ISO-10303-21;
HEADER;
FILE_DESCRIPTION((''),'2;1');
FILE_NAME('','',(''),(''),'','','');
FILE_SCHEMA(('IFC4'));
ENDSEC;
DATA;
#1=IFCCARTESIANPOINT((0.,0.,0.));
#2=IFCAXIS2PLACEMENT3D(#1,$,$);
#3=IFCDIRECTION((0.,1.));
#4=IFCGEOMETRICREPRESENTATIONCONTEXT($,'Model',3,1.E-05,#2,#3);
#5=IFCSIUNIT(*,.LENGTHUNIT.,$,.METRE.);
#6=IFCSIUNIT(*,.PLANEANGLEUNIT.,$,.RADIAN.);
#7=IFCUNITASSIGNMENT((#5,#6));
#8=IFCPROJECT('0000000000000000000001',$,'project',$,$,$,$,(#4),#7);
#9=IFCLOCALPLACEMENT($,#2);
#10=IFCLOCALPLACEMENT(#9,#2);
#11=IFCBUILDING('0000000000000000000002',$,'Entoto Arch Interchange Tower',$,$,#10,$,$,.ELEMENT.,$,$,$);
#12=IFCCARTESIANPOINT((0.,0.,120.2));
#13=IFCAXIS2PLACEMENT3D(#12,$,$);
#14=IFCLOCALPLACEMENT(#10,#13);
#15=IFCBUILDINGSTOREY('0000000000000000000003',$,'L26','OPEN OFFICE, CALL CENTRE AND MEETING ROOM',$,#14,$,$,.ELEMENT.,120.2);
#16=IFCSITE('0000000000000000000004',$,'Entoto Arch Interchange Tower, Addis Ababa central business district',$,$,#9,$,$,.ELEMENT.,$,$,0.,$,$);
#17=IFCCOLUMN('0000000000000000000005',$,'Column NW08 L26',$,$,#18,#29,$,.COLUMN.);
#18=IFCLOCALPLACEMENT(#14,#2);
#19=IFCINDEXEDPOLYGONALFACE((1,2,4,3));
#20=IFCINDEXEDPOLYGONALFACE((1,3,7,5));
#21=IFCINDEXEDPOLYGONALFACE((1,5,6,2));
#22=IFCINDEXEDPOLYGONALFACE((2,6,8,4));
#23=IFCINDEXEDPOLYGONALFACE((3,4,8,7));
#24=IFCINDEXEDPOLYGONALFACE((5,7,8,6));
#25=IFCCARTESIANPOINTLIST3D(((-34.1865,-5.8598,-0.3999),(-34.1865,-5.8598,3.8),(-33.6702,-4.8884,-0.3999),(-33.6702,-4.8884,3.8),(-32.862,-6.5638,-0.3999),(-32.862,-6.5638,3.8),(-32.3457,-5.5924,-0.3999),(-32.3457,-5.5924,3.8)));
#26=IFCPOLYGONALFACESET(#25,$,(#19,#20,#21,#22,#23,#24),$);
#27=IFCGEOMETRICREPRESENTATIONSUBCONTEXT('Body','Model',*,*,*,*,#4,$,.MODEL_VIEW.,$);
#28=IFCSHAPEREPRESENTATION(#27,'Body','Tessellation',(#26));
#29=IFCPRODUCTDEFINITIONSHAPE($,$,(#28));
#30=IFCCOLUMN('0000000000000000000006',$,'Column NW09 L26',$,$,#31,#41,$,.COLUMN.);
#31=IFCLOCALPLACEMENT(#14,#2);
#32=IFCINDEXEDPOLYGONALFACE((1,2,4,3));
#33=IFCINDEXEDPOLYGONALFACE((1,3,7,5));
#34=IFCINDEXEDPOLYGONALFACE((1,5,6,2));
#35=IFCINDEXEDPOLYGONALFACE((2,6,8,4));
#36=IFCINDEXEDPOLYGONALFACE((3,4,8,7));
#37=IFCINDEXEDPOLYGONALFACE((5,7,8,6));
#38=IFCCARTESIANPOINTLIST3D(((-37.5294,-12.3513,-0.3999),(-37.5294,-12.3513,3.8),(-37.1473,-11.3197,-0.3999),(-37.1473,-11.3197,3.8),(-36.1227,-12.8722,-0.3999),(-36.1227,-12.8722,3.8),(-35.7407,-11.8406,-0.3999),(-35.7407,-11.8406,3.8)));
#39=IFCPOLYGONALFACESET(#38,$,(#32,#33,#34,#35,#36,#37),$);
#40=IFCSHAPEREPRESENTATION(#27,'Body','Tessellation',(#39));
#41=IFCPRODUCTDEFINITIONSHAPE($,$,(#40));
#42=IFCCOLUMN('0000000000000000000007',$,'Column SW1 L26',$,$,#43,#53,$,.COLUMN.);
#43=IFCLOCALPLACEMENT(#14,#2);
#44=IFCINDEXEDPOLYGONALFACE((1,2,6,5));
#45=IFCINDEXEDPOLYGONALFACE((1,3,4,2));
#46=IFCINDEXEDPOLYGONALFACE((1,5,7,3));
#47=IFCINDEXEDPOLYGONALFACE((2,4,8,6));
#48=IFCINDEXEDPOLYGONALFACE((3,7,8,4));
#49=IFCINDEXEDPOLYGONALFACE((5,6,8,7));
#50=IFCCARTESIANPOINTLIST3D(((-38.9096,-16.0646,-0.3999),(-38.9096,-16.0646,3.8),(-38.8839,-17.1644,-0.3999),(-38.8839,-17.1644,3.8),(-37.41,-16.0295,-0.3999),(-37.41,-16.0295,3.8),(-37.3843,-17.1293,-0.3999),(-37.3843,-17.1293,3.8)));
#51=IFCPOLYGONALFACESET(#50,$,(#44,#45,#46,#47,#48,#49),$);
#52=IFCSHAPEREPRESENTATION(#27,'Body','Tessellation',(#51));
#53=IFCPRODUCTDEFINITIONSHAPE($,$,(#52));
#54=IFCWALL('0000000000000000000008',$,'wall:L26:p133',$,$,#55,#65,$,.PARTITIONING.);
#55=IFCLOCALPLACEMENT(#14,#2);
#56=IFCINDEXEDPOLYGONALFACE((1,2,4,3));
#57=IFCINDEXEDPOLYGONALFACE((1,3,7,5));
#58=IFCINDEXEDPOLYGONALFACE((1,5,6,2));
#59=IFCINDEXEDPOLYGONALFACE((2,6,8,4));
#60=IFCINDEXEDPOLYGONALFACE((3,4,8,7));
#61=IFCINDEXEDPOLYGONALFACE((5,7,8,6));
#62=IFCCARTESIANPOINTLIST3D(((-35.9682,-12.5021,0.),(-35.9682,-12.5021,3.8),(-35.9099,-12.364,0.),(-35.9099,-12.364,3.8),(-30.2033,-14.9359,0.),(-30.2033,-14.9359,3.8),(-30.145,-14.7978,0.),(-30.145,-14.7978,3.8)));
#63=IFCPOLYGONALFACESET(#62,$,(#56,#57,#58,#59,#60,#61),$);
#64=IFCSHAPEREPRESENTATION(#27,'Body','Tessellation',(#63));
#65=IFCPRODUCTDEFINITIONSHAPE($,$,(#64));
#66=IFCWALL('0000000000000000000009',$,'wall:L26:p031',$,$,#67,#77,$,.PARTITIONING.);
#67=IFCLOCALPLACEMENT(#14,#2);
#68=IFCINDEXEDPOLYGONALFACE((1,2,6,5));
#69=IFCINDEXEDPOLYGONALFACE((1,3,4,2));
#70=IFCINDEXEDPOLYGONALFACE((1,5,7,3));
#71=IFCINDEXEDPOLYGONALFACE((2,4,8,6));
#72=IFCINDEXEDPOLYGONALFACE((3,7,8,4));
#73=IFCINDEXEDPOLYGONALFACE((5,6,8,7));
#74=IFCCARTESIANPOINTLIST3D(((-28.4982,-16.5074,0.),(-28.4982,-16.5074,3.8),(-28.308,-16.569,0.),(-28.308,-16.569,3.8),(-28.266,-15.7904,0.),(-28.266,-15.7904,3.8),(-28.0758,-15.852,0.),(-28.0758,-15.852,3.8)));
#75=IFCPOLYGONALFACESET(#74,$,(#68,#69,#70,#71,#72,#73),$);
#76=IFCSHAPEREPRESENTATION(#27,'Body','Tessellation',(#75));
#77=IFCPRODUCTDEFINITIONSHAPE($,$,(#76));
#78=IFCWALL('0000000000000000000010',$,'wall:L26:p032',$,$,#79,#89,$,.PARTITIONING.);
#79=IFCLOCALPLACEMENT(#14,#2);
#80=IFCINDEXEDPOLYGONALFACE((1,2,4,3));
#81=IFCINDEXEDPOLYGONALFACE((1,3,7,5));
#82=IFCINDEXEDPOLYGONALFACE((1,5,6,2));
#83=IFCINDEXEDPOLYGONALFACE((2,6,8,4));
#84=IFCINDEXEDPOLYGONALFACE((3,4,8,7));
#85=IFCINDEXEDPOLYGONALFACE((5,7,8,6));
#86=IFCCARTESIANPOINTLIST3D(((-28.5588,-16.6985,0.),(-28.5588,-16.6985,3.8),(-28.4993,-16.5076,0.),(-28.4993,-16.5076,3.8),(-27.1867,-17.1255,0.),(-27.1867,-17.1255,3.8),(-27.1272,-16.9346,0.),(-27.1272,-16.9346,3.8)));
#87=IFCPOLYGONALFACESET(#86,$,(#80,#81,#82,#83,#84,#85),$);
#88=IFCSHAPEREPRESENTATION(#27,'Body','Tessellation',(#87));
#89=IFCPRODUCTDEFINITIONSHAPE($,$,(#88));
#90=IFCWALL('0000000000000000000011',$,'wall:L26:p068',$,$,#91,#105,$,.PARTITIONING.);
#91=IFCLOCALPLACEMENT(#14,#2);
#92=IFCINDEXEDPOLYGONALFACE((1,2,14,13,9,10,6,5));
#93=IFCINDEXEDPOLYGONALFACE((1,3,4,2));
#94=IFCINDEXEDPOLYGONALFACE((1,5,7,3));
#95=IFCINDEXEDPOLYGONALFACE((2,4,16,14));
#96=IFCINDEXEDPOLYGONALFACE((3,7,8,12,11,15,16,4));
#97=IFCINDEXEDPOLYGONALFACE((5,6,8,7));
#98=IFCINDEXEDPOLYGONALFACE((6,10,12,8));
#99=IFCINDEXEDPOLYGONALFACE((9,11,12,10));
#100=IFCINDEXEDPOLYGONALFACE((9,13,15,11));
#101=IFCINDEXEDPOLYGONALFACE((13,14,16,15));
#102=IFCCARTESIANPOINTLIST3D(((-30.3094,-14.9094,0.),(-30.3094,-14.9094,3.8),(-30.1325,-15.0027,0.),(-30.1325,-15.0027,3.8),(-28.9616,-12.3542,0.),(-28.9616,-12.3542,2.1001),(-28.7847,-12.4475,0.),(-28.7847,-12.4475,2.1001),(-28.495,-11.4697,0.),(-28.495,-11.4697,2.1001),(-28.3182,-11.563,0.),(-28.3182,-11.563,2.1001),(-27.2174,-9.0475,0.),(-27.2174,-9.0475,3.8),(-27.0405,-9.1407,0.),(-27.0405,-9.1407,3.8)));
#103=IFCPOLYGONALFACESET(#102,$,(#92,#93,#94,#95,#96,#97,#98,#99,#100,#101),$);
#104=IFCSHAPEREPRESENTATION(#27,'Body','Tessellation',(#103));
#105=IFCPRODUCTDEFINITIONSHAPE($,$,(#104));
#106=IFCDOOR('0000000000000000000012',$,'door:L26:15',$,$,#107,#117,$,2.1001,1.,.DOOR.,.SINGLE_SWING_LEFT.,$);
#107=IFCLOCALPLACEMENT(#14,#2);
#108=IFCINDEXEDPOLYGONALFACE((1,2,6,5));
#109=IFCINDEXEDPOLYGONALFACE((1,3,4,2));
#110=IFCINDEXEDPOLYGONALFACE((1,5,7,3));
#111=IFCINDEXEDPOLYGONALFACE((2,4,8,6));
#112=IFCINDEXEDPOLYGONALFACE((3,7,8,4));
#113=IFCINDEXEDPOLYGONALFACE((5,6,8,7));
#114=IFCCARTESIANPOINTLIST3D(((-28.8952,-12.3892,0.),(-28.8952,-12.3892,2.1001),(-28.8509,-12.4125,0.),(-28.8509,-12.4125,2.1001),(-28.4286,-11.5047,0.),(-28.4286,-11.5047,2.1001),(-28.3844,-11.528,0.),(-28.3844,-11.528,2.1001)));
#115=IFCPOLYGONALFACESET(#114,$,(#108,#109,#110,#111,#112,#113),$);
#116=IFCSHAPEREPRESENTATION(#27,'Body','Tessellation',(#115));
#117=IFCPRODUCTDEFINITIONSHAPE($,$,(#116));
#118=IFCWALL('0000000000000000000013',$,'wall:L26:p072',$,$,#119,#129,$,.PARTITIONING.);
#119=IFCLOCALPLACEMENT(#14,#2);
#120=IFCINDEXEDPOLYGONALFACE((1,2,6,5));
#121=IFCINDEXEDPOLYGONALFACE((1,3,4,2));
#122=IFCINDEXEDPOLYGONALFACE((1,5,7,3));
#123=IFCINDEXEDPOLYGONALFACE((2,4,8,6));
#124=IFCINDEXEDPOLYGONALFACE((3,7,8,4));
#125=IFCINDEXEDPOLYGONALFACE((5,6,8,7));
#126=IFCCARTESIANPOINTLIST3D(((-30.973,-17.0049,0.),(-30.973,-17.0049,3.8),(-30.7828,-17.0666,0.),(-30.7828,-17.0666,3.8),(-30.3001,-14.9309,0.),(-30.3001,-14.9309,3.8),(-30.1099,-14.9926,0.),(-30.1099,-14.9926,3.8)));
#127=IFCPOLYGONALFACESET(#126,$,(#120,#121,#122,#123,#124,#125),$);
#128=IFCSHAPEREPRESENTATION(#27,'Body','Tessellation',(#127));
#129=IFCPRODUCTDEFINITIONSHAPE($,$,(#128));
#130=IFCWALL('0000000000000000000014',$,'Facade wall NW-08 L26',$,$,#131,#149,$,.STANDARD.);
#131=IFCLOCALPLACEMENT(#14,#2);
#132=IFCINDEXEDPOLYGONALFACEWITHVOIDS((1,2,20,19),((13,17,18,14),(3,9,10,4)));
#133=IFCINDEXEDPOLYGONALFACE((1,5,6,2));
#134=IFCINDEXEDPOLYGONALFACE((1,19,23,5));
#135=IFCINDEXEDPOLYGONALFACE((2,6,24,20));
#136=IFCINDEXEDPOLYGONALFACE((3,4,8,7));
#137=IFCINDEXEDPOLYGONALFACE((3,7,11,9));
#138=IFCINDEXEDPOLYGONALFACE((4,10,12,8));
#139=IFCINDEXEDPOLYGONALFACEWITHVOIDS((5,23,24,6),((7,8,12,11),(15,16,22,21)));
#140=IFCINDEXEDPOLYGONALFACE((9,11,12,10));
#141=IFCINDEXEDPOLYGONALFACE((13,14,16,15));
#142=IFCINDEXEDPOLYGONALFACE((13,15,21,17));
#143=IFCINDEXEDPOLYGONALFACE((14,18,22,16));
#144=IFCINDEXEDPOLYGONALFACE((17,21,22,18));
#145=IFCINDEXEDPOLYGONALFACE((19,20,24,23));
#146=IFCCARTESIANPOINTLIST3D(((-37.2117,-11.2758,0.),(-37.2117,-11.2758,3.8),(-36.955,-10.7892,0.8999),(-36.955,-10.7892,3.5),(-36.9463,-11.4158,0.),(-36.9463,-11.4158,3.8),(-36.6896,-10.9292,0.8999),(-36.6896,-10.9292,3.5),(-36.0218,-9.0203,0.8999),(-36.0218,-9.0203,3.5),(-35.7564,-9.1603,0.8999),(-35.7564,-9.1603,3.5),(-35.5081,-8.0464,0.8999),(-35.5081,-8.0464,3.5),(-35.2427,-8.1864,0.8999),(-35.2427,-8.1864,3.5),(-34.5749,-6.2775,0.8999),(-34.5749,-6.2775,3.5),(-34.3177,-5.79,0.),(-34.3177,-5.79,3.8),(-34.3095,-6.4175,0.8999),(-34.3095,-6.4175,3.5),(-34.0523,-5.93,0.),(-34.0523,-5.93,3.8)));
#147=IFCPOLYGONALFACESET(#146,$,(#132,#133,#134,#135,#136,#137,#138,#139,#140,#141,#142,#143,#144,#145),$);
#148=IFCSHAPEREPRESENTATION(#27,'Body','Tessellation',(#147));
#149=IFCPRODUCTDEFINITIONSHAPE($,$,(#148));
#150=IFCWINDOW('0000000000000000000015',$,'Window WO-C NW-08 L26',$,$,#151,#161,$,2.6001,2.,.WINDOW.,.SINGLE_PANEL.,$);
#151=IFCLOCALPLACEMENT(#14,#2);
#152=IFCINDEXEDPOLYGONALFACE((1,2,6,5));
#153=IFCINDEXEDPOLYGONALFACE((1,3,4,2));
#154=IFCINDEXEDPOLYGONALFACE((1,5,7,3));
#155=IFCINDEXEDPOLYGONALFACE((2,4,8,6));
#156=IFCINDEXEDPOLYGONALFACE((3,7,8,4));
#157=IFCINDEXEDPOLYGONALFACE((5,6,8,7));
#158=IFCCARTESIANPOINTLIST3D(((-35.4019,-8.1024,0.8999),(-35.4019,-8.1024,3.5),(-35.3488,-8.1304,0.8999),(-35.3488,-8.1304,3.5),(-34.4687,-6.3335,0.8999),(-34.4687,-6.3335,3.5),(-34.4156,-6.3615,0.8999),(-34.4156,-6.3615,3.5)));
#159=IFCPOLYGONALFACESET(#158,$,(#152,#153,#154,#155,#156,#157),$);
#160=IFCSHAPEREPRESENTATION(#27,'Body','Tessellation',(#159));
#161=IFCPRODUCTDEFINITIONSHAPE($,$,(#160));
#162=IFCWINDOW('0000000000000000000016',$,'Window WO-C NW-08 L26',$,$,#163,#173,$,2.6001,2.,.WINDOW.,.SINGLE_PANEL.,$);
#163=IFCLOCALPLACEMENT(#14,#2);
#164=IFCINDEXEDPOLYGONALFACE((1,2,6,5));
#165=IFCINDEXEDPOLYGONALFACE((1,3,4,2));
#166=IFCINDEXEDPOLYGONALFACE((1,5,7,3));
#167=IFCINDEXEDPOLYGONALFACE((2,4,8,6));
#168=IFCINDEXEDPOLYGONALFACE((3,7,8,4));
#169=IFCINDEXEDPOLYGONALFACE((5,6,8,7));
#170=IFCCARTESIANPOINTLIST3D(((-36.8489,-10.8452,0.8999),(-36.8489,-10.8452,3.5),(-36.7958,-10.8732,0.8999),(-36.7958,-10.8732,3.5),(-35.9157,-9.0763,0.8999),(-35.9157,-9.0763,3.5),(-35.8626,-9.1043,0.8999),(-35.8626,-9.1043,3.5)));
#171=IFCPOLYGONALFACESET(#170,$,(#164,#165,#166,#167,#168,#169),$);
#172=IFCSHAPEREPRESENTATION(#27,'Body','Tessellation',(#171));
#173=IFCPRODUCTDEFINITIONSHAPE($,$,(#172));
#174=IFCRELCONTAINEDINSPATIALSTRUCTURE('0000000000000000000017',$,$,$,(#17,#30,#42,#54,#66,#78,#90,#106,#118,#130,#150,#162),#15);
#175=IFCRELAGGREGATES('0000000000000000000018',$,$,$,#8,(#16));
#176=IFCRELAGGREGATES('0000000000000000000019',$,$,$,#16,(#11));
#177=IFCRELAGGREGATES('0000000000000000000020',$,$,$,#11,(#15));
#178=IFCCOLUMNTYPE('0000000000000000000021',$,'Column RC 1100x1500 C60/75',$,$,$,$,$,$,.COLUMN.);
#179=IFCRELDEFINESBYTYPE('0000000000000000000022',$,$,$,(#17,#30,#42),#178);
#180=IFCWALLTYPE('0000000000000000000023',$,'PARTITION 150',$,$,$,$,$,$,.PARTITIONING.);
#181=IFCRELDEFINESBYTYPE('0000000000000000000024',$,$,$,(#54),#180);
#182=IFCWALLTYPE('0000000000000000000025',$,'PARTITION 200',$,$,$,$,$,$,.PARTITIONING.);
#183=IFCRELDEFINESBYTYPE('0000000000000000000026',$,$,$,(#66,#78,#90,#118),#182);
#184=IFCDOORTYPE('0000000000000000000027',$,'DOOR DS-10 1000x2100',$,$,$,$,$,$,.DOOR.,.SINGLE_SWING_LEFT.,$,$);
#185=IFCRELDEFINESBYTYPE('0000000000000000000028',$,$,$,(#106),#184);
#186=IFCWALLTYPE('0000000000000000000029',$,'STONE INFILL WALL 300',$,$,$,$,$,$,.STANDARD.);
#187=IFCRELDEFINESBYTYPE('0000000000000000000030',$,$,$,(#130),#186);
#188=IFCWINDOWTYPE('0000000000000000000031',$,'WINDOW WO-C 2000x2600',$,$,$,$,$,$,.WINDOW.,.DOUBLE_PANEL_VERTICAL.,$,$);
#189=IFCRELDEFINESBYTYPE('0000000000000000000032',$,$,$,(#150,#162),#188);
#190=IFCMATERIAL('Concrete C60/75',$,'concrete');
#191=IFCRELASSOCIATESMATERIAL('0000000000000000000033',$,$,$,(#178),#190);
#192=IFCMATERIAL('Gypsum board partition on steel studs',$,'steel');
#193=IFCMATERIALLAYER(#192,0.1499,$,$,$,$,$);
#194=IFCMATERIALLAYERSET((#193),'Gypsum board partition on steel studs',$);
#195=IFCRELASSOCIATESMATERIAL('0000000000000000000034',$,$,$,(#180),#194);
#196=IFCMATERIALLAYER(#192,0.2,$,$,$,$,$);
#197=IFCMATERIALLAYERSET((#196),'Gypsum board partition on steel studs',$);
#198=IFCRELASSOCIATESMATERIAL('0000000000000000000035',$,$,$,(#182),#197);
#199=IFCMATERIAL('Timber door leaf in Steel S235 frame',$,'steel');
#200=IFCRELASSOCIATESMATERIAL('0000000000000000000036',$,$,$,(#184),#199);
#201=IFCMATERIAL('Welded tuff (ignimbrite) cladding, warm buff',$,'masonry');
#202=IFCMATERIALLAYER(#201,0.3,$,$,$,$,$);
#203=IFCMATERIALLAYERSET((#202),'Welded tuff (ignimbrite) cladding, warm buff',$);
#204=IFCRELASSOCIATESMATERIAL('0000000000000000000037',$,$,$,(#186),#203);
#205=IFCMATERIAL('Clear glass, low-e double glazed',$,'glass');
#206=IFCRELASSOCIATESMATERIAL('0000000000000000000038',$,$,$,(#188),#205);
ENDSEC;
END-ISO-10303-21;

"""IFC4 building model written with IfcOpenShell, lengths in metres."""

from ifc_helpers import new_model, si_unit, direction, frame, frame_2d, origin, origin_2d, place, context, subcontext, project, spatial, rectangle, extrude, material, layer, layer_set, material_profile, profile_set, type_object, element, fill, save


model = new_model("IFC4")

# Units and contexts
model_context = context("Model", 3, precision=1e-05, world=origin(), true_north=direction((0.0, 1.0)))
body_context = subcontext(model_context, "Body", "Model", "MODEL_VIEW")
ifc_project = project(units=[si_unit("LENGTHUNIT", "METRE"), si_unit("PLANEANGLEUNIT", "RADIAN")], contexts=[model_context])

# Site, building, storey
site_placement = place(None, origin())
site = spatial("IfcSite", under=ifc_project, at=site_placement, Name="Entoto Arch Interchange Tower, Addis Ababa central business district", CompositionType="ELEMENT", RefElevation=0.0)
building_placement = place(site_placement, origin())
building = spatial("IfcBuilding", under=site, at=building_placement, Name="Entoto Arch Interchange Tower", CompositionType="ELEMENT")
storey_placement = place(building_placement, frame((0.0, 0.0, 120.2)))
storey = spatial("IfcBuildingStorey", under=building, at=storey_placement, Name="L26", Description="OPEN OFFICE, CALL CENTRE AND MEETING ROOM", CompositionType="ELEMENT", Elevation=120.2)

# Columns
ifc_material_1 = material(Name="Concrete C60/75", Category="concrete")
ifc_material_profile = material_profile(ifc_material_1, rectangle(XDim=1.1001, YDim=1.5, at=origin_2d()))
ifc_profile_set = profile_set([ifc_material_profile], Name="Concrete C60/75")
column_type = type_object("IfcColumnType", Name="Column RC 1100x1500 C60/75", PredefinedType="COLUMN", material=ifc_profile_set)
for number, where, z_axis, x_axis, name in (
    (1, (-33.2661, -5.7261, -0.3999), (0.0, 0.0, 1.0), (0.469333, 0.883021, 0.0), "Column NW08 L26"),
    (2, (-36.635, -12.0959, -0.3999), (0.0, 0.0, 1.0), (0.347312, 0.93775, 0.0), "Column NW09 L26"),
    (3, (-38.147, -16.5969, -0.3999), (0.0, 0.0, 1.0), (-0.023385, 0.999727, 0.0), "Column SW1 L26"),
):
    element("IfcColumn", number, at=place(storey_placement, frame(where, z_axis=z_axis, x_axis=x_axis)), inside=storey, type_object=column_type, Name=name, PredefinedType="COLUMN", context=body_context, shape_type="SweptSolid", body=[
        extrude(rectangle(XDim=1.1001, YDim=1.5, at=origin_2d()), origin(), (0.0, 0.0, 1.0), 4.2),
    ])

# Walls
ifc_material_2 = material(Name="Gypsum board partition on steel studs", Category="steel")
ifc_layer_1 = layer(ifc_material_2, 0.1499)
ifc_layer_set_1 = layer_set([ifc_layer_1], Name="Gypsum board partition on steel studs")
wall_type_1 = type_object("IfcWallType", Name="PARTITION 150", PredefinedType="PARTITIONING", material=ifc_layer_set_1)
wall_1_placement = place(storey_placement, frame((-30.1741, -14.8669, 0.0), z_axis=(0.0, 0.0, 1.0), x_axis=(-0.921263, 0.388941, 0.0)))
element("IfcWall", 4, at=wall_1_placement, inside=storey, type_object=wall_type_1, Name="wall:L26:p133", PredefinedType="PARTITIONING", context=body_context, shape_type="SweptSolid", body=[
    extrude(rectangle(XDim=6.2576, YDim=0.1499, at=frame_2d((3.1289, 0.0))), origin(), (0.0, 0.0, 1.0), 3.8),
])
ifc_layer_2 = layer(ifc_material_2, 0.2)
ifc_layer_set_2 = layer_set([ifc_layer_2], Name="Gypsum board partition on steel studs")
wall_type_2 = type_object("IfcWallType", Name="PARTITION 200", PredefinedType="PARTITIONING", material=ifc_layer_set_2)
wall_2_placement = place(storey_placement, frame((-28.1709, -15.821, 0.0), z_axis=(0.0, 0.0, 1.0), x_axis=(-0.308053, -0.951369, 0.0)))
element("IfcWall", 5, at=wall_2_placement, inside=storey, type_object=wall_type_2, Name="wall:L26:p031", PredefinedType="PARTITIONING", context=body_context, shape_type="SweptSolid", body=[
    extrude(rectangle(XDim=0.7537, YDim=0.2, at=frame_2d((0.377, 0.0))), origin(), (0.0, 0.0, 1.0), 3.8),
])
wall_3_placement = place(storey_placement, frame((-28.5291, -16.603, 0.0), z_axis=(0.0, 0.0, 1.0), x_axis=(0.95483, -0.297153, 0.0)))
element("IfcWall", 6, at=wall_3_placement, inside=storey, type_object=wall_type_2, Name="wall:L26:p032", PredefinedType="PARTITIONING", context=body_context, shape_type="SweptSolid", body=[
    extrude(rectangle(XDim=1.437, YDim=0.2, at=frame_2d((0.7185, 0.0))), origin(), (0.0, 0.0, 1.0), 3.8),
])

# Wall, opening, door
wall_4_placement = place(storey_placement, frame((-30.2209, -14.9561, 0.0), z_axis=(0.0, 0.0, 1.0), x_axis=(0.466543, 0.884498, 0.0)))
wall_4 = element("IfcWall", 7, at=wall_4_placement, inside=storey, type_object=wall_type_2, Name="wall:L26:p068", PredefinedType="PARTITIONING", context=body_context, shape_type="SweptSolid", body=[
    extrude(rectangle(XDim=6.6274, YDim=0.2, at=frame_2d((3.3137, 0.0))), origin(), (0.0, 0.0, 1.0), 3.8),
])
opening_1_placement = place(wall_4_placement, frame((2.8889, 0.0, 0.0)))
opening_1 = element("IfcOpeningElement", 8, at=opening_1_placement, cuts=wall_4, PredefinedType="OPENING", context=body_context, shape_type="SweptSolid", body=[
    extrude(rectangle(XDim=1.0, YDim=2.1001, at=frame_2d((0.5, 1.05))), frame((0.0, 0.1099, 0.0), z_axis=(0.0, -1.0, 0.0), x_axis=(1.0, 0.0, 0.0)), (0.0, 0.0, 1.0), 0.22),
])
ifc_material_3 = material(Name="Timber door leaf in Steel S235 frame", Category="steel")
door_type = type_object("IfcDoorType", Name="DOOR DS-10 1000x2100", OperationType="SINGLE_SWING_LEFT", PredefinedType="DOOR", material=ifc_material_3)
door_placement = place(opening_1_placement, origin())
door = element("IfcDoor", 9, at=door_placement, inside=storey, type_object=door_type, Name="door:L26:15", OperationType="SINGLE_SWING_LEFT", OverallHeight=2.1001, OverallWidth=1.0, PredefinedType="DOOR", context=body_context, shape_type="SweptSolid", body=[
    extrude(rectangle(XDim=1.0, YDim=2.1001, at=frame_2d((0.5, 1.05))), frame((0.0, 0.0249, 0.0), z_axis=(0.0, -1.0, 0.0), x_axis=(1.0, 0.0, 0.0)), (0.0, 0.0, 1.0), 0.05),
])
fill(opening_1, door)

# Wall
wall_5_placement = place(storey_placement, frame((-30.8779, -17.0359, 0.0), z_axis=(0.0, 0.0, 1.0), x_axis=(0.308592, 0.951194, 0.0)))
element("IfcWall", 10, at=wall_5_placement, inside=storey, type_object=wall_type_2, Name="wall:L26:p072", PredefinedType="PARTITIONING", context=body_context, shape_type="SweptSolid", body=[
    extrude(rectangle(XDim=2.1804, YDim=0.2, at=frame_2d((1.0903, 0.0))), origin(), (0.0, 0.0, 1.0), 3.8),
])

# Wall, openings, windows
ifc_material_4 = material(Name="Welded tuff (ignimbrite) cladding, warm buff", Category="masonry")
ifc_layer_3 = layer(ifc_material_4, 0.3)
ifc_layer_set_3 = layer_set([ifc_layer_3], Name="Welded tuff (ignimbrite) cladding, warm buff")
wall_type_3 = type_object("IfcWallType", Name="STONE INFILL WALL 300", PredefinedType="STANDARD", material=ifc_layer_set_3)
wall_6_placement = place(storey_placement, frame((-34.1851, -5.8601, 0.0), z_axis=(0.0, 0.0, 1.0), x_axis=(-0.4666, -0.884469, 0.0)))
wall_6 = element("IfcWall", 11, at=wall_6_placement, inside=storey, type_object=wall_type_3, Name="Facade wall NW-08 L26", PredefinedType="STANDARD", context=body_context, shape_type="SweptSolid", body=[
    extrude(rectangle(XDim=6.2024, YDim=0.3, at=frame_2d((3.1011, 0.0))), origin(), (0.0, 0.0, 1.0), 3.8),
])
opening_2_placement = place(wall_6_placement, frame((0.551, 0.0, 0.8999)))
opening_2 = element("IfcOpeningElement", 12, at=opening_2_placement, cuts=wall_6, PredefinedType="OPENING", context=body_context, shape_type="SweptSolid", body=[
    extrude(rectangle(XDim=2.0, YDim=2.6001, at=frame_2d((1.0, 1.3))), frame((0.0, 0.1602, 0.0), z_axis=(0.0, -1.0, 0.0), x_axis=(1.0, 0.0, 0.0)), (0.0, 0.0, 1.0), 0.3201),
])
opening_3_placement = place(wall_6_placement, frame((3.6521, 0.0, 0.8999)))
opening_3 = element("IfcOpeningElement", 13, at=opening_3_placement, cuts=wall_6, PredefinedType="OPENING", context=body_context, shape_type="SweptSolid", body=[
    extrude(rectangle(XDim=2.0, YDim=2.6001, at=frame_2d((1.0, 1.3))), frame((0.0, 0.1602, 0.0), z_axis=(0.0, -1.0, 0.0), x_axis=(1.0, 0.0, 0.0)), (0.0, 0.0, 1.0), 0.3201),
])
ifc_material_5 = material(Name="Clear glass, low-e double glazed", Category="glass")
window_type_1 = type_object("IfcWindowType", Name="WINDOW WO-C 2000x2600", PartitioningType="DOUBLE_PANEL_VERTICAL", PredefinedType="WINDOW", material=ifc_material_5)
window_1_placement = place(opening_2_placement, origin())
window_1 = element("IfcWindow", 14, at=window_1_placement, inside=storey, type_object=window_type_1, Name="Window WO-C NW-08 L26", OverallHeight=2.6001, OverallWidth=2.0, PartitioningType="SINGLE_PANEL", PredefinedType="WINDOW", context=body_context, shape_type="SweptSolid", body=[
    extrude(rectangle(XDim=2.0, YDim=2.6001, at=frame_2d((1.0, 1.3))), frame((0.0, 0.03, 0.0), z_axis=(0.0, -1.0, 0.0), x_axis=(1.0, 0.0, 0.0)), (0.0, 0.0, 1.0), 0.0601),
])
fill(opening_2, window_1)
window_2_placement = place(opening_3_placement, origin())
window_2 = element("IfcWindow", 15, at=window_2_placement, inside=storey, type_object=window_type_1, Name="Window WO-C NW-08 L26", OverallHeight=2.6001, OverallWidth=2.0, PartitioningType="SINGLE_PANEL", PredefinedType="WINDOW", context=body_context, shape_type="SweptSolid", body=[
    extrude(rectangle(XDim=2.0, YDim=2.6001, at=frame_2d((1.0, 1.3))), frame((0.0, 0.03, 0.0), z_axis=(0.0, -1.0, 0.0), x_axis=(1.0, 0.0, 0.0)), (0.0, 0.0, 1.0), 0.0601),
])
fill(opening_3, window_2)

save(model, "model.ifc")
